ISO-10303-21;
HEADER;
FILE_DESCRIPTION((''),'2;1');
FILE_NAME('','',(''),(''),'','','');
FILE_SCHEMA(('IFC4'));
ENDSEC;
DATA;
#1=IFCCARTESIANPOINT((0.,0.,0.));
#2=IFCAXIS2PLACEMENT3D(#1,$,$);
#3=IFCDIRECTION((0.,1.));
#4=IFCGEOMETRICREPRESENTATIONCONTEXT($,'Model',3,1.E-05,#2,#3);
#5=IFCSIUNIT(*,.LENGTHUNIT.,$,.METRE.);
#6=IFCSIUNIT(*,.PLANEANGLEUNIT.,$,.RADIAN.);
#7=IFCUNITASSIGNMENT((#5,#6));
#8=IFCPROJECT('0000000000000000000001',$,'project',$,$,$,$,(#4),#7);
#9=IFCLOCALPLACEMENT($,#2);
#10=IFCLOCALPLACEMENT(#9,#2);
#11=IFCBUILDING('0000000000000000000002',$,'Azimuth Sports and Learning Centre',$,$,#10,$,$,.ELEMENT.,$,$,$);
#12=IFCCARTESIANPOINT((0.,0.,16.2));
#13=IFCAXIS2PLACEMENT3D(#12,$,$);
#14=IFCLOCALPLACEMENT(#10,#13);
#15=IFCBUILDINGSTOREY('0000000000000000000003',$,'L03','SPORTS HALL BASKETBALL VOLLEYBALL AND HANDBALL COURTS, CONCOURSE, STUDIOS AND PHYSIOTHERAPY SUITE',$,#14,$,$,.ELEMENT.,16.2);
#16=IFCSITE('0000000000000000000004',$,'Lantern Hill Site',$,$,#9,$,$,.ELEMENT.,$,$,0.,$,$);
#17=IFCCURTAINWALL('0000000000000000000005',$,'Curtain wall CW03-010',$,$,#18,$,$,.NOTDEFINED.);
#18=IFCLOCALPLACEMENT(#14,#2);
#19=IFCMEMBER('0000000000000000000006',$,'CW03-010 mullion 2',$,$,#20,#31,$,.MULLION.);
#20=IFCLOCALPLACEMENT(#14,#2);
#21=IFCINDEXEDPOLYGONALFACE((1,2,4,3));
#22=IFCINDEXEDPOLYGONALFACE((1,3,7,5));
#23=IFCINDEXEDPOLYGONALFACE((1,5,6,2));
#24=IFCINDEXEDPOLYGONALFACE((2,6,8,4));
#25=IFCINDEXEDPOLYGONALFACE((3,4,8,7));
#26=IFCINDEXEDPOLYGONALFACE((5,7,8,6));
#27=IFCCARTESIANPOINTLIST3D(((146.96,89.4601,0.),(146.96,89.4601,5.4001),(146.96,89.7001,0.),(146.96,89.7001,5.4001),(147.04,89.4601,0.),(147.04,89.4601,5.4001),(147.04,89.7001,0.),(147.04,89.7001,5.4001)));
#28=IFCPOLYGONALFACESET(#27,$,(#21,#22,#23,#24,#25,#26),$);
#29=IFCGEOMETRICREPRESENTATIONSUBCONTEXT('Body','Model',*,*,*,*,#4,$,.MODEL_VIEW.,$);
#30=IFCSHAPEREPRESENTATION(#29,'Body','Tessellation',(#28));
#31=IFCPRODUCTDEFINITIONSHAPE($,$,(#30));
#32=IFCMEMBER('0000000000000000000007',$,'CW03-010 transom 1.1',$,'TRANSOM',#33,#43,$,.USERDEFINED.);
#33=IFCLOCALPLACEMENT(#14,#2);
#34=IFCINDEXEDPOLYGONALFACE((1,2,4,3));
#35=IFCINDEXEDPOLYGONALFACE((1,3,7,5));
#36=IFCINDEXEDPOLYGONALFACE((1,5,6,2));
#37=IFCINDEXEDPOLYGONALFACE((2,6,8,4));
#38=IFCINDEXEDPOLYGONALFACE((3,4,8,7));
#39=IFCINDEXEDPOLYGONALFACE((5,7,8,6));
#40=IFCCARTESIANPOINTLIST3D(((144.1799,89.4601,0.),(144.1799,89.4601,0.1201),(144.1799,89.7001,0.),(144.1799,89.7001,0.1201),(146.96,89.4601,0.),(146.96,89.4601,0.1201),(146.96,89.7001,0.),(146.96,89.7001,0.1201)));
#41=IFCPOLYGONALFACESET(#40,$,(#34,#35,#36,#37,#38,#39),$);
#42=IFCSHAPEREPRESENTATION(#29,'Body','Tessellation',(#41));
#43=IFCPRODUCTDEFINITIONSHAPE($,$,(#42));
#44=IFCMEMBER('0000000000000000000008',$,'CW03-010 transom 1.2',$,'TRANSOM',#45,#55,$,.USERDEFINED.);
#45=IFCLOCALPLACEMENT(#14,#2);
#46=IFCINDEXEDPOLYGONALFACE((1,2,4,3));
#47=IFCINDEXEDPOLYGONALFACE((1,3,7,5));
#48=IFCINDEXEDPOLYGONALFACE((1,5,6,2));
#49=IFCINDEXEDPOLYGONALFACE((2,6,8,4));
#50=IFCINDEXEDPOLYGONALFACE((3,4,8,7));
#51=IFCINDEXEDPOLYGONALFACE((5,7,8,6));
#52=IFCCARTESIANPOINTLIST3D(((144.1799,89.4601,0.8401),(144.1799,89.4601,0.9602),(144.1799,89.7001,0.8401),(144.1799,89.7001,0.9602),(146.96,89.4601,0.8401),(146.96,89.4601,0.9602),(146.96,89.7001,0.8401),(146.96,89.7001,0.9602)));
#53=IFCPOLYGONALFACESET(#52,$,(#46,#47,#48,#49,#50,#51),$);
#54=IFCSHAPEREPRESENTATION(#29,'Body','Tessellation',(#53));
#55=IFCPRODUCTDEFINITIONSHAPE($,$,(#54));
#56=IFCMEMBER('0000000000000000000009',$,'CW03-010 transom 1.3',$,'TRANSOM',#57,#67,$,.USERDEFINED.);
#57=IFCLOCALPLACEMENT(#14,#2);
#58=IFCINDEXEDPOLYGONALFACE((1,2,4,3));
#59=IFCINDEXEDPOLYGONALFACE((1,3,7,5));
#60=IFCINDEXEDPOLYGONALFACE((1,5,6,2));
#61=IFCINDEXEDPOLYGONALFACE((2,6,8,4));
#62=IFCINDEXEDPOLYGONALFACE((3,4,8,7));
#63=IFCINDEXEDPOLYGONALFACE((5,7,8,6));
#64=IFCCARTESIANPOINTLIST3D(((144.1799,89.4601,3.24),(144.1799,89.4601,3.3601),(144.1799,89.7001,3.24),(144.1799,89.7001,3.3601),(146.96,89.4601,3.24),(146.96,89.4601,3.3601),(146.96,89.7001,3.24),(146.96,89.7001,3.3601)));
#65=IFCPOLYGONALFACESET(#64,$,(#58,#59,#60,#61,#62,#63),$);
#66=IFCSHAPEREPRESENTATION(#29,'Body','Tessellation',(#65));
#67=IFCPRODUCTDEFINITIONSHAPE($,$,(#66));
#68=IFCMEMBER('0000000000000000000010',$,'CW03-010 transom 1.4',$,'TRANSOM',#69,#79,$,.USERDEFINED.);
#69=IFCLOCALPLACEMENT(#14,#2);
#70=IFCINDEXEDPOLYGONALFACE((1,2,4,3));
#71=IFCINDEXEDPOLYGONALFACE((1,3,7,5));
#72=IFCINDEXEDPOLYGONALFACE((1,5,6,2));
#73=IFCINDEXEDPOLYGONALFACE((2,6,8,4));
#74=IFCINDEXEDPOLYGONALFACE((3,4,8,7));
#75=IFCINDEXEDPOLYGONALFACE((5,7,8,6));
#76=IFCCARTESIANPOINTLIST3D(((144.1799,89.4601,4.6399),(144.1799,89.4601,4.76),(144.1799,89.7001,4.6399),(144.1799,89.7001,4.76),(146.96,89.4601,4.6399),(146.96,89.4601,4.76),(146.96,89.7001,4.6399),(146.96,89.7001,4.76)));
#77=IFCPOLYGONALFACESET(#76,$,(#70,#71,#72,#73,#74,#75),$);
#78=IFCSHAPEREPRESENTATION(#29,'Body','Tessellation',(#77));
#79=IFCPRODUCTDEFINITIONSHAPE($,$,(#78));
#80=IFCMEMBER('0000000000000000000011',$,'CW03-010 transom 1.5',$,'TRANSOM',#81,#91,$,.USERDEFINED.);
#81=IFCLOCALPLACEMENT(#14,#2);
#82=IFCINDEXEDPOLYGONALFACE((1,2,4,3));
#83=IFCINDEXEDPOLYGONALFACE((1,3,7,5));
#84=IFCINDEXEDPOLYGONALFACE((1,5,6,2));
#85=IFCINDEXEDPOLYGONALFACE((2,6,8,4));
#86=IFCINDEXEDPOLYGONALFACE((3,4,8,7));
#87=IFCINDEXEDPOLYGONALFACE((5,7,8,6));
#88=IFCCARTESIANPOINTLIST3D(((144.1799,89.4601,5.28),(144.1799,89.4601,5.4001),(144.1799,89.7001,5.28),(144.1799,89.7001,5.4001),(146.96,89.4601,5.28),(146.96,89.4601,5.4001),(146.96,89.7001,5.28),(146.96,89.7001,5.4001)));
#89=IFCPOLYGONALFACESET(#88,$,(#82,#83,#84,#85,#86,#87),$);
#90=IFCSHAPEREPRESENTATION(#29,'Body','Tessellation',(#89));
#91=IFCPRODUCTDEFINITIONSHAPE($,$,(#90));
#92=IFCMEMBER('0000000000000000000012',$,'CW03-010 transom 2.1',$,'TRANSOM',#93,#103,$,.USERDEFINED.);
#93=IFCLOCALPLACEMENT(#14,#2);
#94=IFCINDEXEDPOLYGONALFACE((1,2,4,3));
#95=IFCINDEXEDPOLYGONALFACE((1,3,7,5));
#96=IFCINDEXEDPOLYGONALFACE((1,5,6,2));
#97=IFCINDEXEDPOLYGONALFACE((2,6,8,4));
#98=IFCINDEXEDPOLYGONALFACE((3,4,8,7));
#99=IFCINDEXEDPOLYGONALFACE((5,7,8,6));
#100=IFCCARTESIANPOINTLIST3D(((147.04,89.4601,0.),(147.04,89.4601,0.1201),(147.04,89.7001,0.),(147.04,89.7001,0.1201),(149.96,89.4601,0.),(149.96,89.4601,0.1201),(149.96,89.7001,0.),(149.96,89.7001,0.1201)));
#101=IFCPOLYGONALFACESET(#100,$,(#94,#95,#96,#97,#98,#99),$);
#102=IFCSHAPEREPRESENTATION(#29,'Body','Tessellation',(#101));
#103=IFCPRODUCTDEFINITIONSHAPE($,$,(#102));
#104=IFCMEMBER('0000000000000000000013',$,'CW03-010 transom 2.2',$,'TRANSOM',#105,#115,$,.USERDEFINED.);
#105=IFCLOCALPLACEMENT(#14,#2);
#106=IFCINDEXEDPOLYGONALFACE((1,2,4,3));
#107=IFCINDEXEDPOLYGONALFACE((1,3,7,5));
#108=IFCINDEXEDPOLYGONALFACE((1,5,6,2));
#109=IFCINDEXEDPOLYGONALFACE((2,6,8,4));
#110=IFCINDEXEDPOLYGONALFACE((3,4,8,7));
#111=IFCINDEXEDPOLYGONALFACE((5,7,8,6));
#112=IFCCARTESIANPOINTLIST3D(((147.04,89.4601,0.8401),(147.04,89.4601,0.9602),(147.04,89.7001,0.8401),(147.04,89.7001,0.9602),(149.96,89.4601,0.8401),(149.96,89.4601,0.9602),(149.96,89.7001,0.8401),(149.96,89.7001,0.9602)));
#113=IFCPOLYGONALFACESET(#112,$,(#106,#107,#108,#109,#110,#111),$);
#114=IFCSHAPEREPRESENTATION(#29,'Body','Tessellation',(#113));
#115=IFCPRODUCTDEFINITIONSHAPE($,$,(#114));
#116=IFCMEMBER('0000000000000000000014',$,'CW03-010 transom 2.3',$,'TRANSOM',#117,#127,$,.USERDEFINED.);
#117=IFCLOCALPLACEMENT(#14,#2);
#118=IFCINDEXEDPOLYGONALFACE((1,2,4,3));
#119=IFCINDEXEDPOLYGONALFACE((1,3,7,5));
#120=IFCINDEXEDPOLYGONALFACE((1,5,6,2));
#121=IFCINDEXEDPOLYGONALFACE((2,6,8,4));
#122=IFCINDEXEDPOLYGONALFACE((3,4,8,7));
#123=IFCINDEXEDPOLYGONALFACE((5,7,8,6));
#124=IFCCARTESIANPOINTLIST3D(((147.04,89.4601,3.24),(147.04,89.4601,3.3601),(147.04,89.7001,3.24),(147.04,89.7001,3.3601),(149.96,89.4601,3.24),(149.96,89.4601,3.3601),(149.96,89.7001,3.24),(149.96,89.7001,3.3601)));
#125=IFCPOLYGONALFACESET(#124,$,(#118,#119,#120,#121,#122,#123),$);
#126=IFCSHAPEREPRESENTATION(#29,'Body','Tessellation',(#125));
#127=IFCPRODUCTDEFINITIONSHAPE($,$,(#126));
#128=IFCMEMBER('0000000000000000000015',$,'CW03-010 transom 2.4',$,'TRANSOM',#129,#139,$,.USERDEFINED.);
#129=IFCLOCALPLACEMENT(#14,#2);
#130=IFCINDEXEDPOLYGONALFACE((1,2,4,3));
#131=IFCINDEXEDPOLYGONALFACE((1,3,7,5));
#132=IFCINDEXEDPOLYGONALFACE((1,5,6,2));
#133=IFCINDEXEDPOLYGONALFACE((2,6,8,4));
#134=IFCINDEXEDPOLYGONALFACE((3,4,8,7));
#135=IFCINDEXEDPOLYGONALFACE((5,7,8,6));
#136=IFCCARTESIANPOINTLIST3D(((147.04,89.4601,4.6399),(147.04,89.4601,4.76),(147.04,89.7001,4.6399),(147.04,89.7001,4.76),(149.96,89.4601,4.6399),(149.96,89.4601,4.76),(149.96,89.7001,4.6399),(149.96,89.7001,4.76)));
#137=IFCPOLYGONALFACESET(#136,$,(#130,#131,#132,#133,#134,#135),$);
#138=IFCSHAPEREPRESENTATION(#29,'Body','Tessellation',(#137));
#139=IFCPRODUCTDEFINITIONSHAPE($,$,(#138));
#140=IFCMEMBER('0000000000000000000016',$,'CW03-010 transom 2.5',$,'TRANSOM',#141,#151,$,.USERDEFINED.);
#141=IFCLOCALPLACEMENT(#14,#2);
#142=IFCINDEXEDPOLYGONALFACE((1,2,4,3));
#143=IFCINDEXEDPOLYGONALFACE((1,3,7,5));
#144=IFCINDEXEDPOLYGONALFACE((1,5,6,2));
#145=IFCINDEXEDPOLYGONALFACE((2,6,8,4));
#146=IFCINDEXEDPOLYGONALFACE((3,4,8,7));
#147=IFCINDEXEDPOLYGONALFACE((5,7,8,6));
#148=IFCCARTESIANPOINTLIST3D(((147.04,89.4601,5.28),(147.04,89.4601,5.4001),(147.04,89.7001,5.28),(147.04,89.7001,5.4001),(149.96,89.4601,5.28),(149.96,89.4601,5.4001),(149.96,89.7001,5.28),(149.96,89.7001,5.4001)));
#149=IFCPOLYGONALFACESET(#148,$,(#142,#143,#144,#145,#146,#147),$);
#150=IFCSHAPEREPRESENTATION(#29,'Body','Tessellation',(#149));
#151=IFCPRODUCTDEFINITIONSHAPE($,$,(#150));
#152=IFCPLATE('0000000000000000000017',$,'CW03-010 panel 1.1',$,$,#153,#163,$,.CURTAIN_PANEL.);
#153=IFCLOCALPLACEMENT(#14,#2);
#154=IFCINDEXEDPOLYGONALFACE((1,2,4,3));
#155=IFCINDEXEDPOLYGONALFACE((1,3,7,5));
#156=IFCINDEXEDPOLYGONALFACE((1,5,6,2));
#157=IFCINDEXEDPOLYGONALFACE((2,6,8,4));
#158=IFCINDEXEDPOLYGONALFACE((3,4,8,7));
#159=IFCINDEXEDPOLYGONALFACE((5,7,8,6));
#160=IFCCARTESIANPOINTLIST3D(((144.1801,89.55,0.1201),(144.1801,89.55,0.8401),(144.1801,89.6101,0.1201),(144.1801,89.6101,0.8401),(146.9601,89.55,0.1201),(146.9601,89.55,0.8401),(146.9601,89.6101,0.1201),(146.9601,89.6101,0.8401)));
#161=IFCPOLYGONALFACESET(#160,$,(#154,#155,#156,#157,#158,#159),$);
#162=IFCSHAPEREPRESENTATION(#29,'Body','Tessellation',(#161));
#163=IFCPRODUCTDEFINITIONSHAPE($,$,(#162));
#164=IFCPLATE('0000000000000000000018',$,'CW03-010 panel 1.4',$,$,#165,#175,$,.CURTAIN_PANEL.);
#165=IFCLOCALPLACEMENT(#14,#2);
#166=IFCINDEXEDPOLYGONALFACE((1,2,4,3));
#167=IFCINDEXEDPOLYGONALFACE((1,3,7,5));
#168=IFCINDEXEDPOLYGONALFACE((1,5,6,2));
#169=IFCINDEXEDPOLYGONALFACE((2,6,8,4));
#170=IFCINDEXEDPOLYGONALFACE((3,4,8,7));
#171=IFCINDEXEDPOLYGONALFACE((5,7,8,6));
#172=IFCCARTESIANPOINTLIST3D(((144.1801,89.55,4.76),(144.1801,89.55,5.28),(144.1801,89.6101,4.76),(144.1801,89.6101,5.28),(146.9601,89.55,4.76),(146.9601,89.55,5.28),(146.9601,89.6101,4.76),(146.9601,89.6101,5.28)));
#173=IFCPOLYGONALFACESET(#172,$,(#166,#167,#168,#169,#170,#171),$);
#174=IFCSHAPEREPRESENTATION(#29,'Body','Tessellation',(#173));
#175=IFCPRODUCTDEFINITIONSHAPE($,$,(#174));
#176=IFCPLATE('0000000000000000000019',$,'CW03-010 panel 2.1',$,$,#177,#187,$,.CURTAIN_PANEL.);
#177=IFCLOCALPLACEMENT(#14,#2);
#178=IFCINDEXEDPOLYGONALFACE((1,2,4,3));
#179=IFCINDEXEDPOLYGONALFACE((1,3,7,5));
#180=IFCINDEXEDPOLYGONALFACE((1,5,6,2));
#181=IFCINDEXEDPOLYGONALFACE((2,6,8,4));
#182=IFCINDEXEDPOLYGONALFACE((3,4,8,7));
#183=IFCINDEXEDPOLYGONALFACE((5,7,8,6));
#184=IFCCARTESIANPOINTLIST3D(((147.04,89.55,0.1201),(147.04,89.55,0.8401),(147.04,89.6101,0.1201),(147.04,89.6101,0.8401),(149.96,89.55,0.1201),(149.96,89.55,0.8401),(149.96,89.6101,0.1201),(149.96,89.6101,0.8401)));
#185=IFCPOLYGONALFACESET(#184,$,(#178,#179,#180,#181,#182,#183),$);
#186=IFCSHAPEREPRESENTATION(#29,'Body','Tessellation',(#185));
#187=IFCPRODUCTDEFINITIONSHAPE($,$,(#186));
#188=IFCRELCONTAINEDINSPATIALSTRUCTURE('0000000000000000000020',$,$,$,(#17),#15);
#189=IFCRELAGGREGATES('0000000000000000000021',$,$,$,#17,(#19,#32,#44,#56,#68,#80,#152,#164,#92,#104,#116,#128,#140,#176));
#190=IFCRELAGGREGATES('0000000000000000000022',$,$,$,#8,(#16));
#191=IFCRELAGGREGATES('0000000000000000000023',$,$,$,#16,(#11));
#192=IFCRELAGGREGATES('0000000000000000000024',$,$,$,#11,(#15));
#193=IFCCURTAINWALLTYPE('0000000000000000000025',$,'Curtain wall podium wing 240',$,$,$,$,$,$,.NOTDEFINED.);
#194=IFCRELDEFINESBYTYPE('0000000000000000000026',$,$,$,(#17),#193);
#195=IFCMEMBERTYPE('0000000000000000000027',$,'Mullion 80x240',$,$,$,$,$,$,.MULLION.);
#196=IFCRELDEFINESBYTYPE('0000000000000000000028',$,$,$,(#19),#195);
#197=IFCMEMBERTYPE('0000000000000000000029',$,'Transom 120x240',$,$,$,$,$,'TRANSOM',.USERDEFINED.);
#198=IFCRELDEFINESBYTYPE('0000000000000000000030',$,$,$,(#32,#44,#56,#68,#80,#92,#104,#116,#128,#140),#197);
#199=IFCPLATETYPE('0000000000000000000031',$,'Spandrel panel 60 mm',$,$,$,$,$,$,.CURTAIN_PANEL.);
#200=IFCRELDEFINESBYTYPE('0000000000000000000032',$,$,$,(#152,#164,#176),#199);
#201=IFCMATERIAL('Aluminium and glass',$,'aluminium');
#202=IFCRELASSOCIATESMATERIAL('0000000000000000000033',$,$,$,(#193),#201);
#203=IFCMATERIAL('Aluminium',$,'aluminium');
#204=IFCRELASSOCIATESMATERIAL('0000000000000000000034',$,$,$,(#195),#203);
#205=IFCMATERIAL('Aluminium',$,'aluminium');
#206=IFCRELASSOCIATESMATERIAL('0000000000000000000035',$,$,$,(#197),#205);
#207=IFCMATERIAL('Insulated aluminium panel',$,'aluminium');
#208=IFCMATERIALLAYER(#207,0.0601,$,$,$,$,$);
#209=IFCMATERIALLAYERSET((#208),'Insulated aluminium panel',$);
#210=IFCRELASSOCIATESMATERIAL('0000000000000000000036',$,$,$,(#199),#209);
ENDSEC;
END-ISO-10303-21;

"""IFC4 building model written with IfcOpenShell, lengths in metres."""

from ifc_helpers import new_model, si_unit, direction, frame, origin, origin_2d, place, context, subcontext, project, spatial, rectangle, extrude, material, layer, layer_set, material_profile, profile_set, type_object, element, aggregate, save


model = new_model("IFC4")

# Units and contexts
model_context = context("Model", 3, precision=1e-05, world=origin(), true_north=direction((0.0, 1.0)))
body_context = subcontext(model_context, "Body", "Model", "MODEL_VIEW")
ifc_project = project(units=[si_unit("LENGTHUNIT", "METRE"), si_unit("PLANEANGLEUNIT", "RADIAN")], contexts=[model_context])

# Site, building, storey
site_placement = place(None, origin())
site = spatial("IfcSite", under=ifc_project, at=site_placement, Name="Lantern Hill Site", CompositionType="ELEMENT", RefElevation=0.0)
building_placement = place(site_placement, origin())
building = spatial("IfcBuilding", under=site, at=building_placement, Name="Azimuth Sports and Learning Centre", CompositionType="ELEMENT")
storey_placement = place(building_placement, frame((0.0, 0.0, 16.2)))
storey = spatial("IfcBuildingStorey", under=building, at=storey_placement, Name="L03", Description="SPORTS HALL BASKETBALL VOLLEYBALL AND HANDBALL COURTS, CONCOURSE, STUDIOS AND PHYSIOTHERAPY SUITE", CompositionType="ELEMENT", Elevation=16.2)

# Curtain wall, members, plates
ifc_material_1 = material(Name="Aluminium and glass", Category="aluminium")
curtain_wall_type = type_object("IfcCurtainWallType", Name="Curtain wall podium wing 240", PredefinedType="NOTDEFINED", material=ifc_material_1)
curtain_wall_placement = place(storey_placement, origin())
curtain_wall = element("IfcCurtainWall", 1, at=curtain_wall_placement, inside=storey, type_object=curtain_wall_type, Name="Curtain wall CW03-010", PredefinedType="NOTDEFINED")
ifc_material_2 = material(Name="Aluminium", Category="aluminium")
ifc_material_profile_1 = material_profile(ifc_material_2, rectangle(XDim=0.24, YDim=0.0801, at=origin_2d()), Name="Mullion 80x240")
ifc_profile_set_1 = profile_set([ifc_material_profile_1], Name="Aluminium")
member_type_1 = type_object("IfcMemberType", Name="Mullion 80x240", PredefinedType="MULLION", material=ifc_profile_set_1)
member_1_placement = place(storey_placement, frame((147.0, 89.5801, 0.0), z_axis=(0.0, 0.0, 1.0), x_axis=(0.0, 1.0, 0.0)))
member_1 = element("IfcMember", 2, at=member_1_placement, type_object=member_type_1, Name="CW03-010 mullion 2", PredefinedType="MULLION", context=body_context, shape_type="SweptSolid", body=[
    extrude(rectangle(XDim=0.24, YDim=0.0801, at=origin_2d()), origin(), (0.0, 0.0, 1.0), 5.4001),
])
ifc_material_3 = material(Name="Aluminium", Category="aluminium")
ifc_material_profile_2 = material_profile(ifc_material_3, rectangle(XDim=0.24, YDim=0.1201, at=origin_2d()), Name="Transom 120x240")
ifc_profile_set_2 = profile_set([ifc_material_profile_2], Name="Aluminium")
member_type_2 = type_object("IfcMemberType", Name="Transom 120x240", ElementType="TRANSOM", PredefinedType="USERDEFINED", material=ifc_profile_set_2)
member_2_placement = place(storey_placement, frame((144.1799, 89.5801, 0.0601), z_axis=(1.0, 0.0, 0.0), x_axis=(0.0, 1.0, 0.0)))
member_2 = element("IfcMember", 3, at=member_2_placement, type_object=member_type_2, Name="CW03-010 transom 1.1", ObjectType="TRANSOM", PredefinedType="USERDEFINED", context=body_context, shape_type="SweptSolid", body=[
    extrude(rectangle(XDim=0.24, YDim=0.1201, at=origin_2d()), origin(), (0.0, 0.0, 1.0), 2.78),
])
member_3_placement = place(storey_placement, frame((144.1799, 89.5801, 0.9001), z_axis=(1.0, 0.0, 0.0), x_axis=(0.0, 1.0, 0.0)))
member_3 = element("IfcMember", 4, at=member_3_placement, type_object=member_type_2, Name="CW03-010 transom 1.2", ObjectType="TRANSOM", PredefinedType="USERDEFINED", context=body_context, shape_type="SweptSolid", body=[
    extrude(rectangle(XDim=0.24, YDim=0.1201, at=origin_2d()), origin(), (0.0, 0.0, 1.0), 2.78),
])
member_4_placement = place(storey_placement, frame((144.1799, 89.5801, 3.3), z_axis=(1.0, 0.0, 0.0), x_axis=(0.0, 1.0, 0.0)))
member_4 = element("IfcMember", 5, at=member_4_placement, type_object=member_type_2, Name="CW03-010 transom 1.3", ObjectType="TRANSOM", PredefinedType="USERDEFINED", context=body_context, shape_type="SweptSolid", body=[
    extrude(rectangle(XDim=0.24, YDim=0.1201, at=origin_2d()), origin(), (0.0, 0.0, 1.0), 2.78),
])
member_5_placement = place(storey_placement, frame((144.1799, 89.5801, 4.7), z_axis=(1.0, 0.0, 0.0), x_axis=(0.0, 1.0, 0.0)))
member_5 = element("IfcMember", 6, at=member_5_placement, type_object=member_type_2, Name="CW03-010 transom 1.4", ObjectType="TRANSOM", PredefinedType="USERDEFINED", context=body_context, shape_type="SweptSolid", body=[
    extrude(rectangle(XDim=0.24, YDim=0.1201, at=origin_2d()), origin(), (0.0, 0.0, 1.0), 2.78),
])
member_6_placement = place(storey_placement, frame((144.1799, 89.5801, 5.3401), z_axis=(1.0, 0.0, 0.0), x_axis=(0.0, 1.0, 0.0)))
member_6 = element("IfcMember", 7, at=member_6_placement, type_object=member_type_2, Name="CW03-010 transom 1.5", ObjectType="TRANSOM", PredefinedType="USERDEFINED", context=body_context, shape_type="SweptSolid", body=[
    extrude(rectangle(XDim=0.24, YDim=0.1201, at=origin_2d()), origin(), (0.0, 0.0, 1.0), 2.78),
])
member_7_placement = place(storey_placement, frame((147.04, 89.5801, 0.0601), z_axis=(1.0, 0.0, 0.0), x_axis=(0.0, 1.0, 0.0)))
member_7 = element("IfcMember", 8, at=member_7_placement, type_object=member_type_2, Name="CW03-010 transom 2.1", ObjectType="TRANSOM", PredefinedType="USERDEFINED", context=body_context, shape_type="SweptSolid", body=[
    extrude(rectangle(XDim=0.24, YDim=0.1201, at=origin_2d()), origin(), (0.0, 0.0, 1.0), 2.9199),
])
member_8_placement = place(storey_placement, frame((147.04, 89.5801, 0.9001), z_axis=(1.0, 0.0, 0.0), x_axis=(0.0, 1.0, 0.0)))
member_8 = element("IfcMember", 9, at=member_8_placement, type_object=member_type_2, Name="CW03-010 transom 2.2", ObjectType="TRANSOM", PredefinedType="USERDEFINED", context=body_context, shape_type="SweptSolid", body=[
    extrude(rectangle(XDim=0.24, YDim=0.1201, at=origin_2d()), origin(), (0.0, 0.0, 1.0), 2.9199),
])
member_9_placement = place(storey_placement, frame((147.04, 89.5801, 3.3), z_axis=(1.0, 0.0, 0.0), x_axis=(0.0, 1.0, 0.0)))
member_9 = element("IfcMember", 10, at=member_9_placement, type_object=member_type_2, Name="CW03-010 transom 2.3", ObjectType="TRANSOM", PredefinedType="USERDEFINED", context=body_context, shape_type="SweptSolid", body=[
    extrude(rectangle(XDim=0.24, YDim=0.1201, at=origin_2d()), origin(), (0.0, 0.0, 1.0), 2.9199),
])
member_10_placement = place(storey_placement, frame((147.04, 89.5801, 4.7), z_axis=(1.0, 0.0, 0.0), x_axis=(0.0, 1.0, 0.0)))
member_10 = element("IfcMember", 11, at=member_10_placement, type_object=member_type_2, Name="CW03-010 transom 2.4", ObjectType="TRANSOM", PredefinedType="USERDEFINED", context=body_context, shape_type="SweptSolid", body=[
    extrude(rectangle(XDim=0.24, YDim=0.1201, at=origin_2d()), origin(), (0.0, 0.0, 1.0), 2.9199),
])
member_11_placement = place(storey_placement, frame((147.04, 89.5801, 5.3401), z_axis=(1.0, 0.0, 0.0), x_axis=(0.0, 1.0, 0.0)))
member_11 = element("IfcMember", 12, at=member_11_placement, type_object=member_type_2, Name="CW03-010 transom 2.5", ObjectType="TRANSOM", PredefinedType="USERDEFINED", context=body_context, shape_type="SweptSolid", body=[
    extrude(rectangle(XDim=0.24, YDim=0.1201, at=origin_2d()), origin(), (0.0, 0.0, 1.0), 2.9199),
])
ifc_material_4 = material(Name="Insulated aluminium panel", Category="aluminium")
ifc_layer_1 = layer(ifc_material_4, 0.0601)
ifc_layer_set_1 = layer_set([ifc_layer_1], Name="Insulated aluminium panel")
plate_type_1 = type_object("IfcPlateType", Name="Spandrel panel 60 mm", PredefinedType="CURTAIN_PANEL", material=ifc_layer_set_1)
plate_1_placement = place(storey_placement, frame((145.5701, 89.5801, 0.1201), z_axis=(0.0, 0.0, 1.0), x_axis=(1.0, 0.0, 0.0)))
plate_1 = element("IfcPlate", 13, at=plate_1_placement, type_object=plate_type_1, Name="CW03-010 panel 1.1", PredefinedType="CURTAIN_PANEL", context=body_context, shape_type="SweptSolid", body=[
    extrude(rectangle(XDim=2.78, YDim=0.0601, at=origin_2d()), origin(), (0.0, 0.0, 1.0), 0.72),
])
plate_2_placement = place(storey_placement, frame((145.5701, 89.5801, 4.76), z_axis=(0.0, 0.0, 1.0), x_axis=(1.0, 0.0, 0.0)))
plate_2 = element("IfcPlate", 14, at=plate_2_placement, type_object=plate_type_1, Name="CW03-010 panel 1.4", PredefinedType="CURTAIN_PANEL", context=body_context, shape_type="SweptSolid", body=[
    extrude(rectangle(XDim=2.78, YDim=0.0601, at=origin_2d()), origin(), (0.0, 0.0, 1.0), 0.52),
])
plate_3_placement = place(storey_placement, frame((148.5, 89.5801, 0.1201), z_axis=(0.0, 0.0, 1.0), x_axis=(1.0, 0.0, 0.0)))
plate_3 = element("IfcPlate", 15, at=plate_3_placement, type_object=plate_type_1, Name="CW03-010 panel 2.1", PredefinedType="CURTAIN_PANEL", context=body_context, shape_type="SweptSolid", body=[
    extrude(rectangle(XDim=2.9199, YDim=0.0601, at=origin_2d()), origin(), (0.0, 0.0, 1.0), 0.72),
])
aggregate(curtain_wall, [member_1, member_2, member_3, member_4, member_5, member_6, plate_1, plate_2, member_7, member_8, member_9, member_10, member_11, plate_3])

save(model, "model.ifc")
